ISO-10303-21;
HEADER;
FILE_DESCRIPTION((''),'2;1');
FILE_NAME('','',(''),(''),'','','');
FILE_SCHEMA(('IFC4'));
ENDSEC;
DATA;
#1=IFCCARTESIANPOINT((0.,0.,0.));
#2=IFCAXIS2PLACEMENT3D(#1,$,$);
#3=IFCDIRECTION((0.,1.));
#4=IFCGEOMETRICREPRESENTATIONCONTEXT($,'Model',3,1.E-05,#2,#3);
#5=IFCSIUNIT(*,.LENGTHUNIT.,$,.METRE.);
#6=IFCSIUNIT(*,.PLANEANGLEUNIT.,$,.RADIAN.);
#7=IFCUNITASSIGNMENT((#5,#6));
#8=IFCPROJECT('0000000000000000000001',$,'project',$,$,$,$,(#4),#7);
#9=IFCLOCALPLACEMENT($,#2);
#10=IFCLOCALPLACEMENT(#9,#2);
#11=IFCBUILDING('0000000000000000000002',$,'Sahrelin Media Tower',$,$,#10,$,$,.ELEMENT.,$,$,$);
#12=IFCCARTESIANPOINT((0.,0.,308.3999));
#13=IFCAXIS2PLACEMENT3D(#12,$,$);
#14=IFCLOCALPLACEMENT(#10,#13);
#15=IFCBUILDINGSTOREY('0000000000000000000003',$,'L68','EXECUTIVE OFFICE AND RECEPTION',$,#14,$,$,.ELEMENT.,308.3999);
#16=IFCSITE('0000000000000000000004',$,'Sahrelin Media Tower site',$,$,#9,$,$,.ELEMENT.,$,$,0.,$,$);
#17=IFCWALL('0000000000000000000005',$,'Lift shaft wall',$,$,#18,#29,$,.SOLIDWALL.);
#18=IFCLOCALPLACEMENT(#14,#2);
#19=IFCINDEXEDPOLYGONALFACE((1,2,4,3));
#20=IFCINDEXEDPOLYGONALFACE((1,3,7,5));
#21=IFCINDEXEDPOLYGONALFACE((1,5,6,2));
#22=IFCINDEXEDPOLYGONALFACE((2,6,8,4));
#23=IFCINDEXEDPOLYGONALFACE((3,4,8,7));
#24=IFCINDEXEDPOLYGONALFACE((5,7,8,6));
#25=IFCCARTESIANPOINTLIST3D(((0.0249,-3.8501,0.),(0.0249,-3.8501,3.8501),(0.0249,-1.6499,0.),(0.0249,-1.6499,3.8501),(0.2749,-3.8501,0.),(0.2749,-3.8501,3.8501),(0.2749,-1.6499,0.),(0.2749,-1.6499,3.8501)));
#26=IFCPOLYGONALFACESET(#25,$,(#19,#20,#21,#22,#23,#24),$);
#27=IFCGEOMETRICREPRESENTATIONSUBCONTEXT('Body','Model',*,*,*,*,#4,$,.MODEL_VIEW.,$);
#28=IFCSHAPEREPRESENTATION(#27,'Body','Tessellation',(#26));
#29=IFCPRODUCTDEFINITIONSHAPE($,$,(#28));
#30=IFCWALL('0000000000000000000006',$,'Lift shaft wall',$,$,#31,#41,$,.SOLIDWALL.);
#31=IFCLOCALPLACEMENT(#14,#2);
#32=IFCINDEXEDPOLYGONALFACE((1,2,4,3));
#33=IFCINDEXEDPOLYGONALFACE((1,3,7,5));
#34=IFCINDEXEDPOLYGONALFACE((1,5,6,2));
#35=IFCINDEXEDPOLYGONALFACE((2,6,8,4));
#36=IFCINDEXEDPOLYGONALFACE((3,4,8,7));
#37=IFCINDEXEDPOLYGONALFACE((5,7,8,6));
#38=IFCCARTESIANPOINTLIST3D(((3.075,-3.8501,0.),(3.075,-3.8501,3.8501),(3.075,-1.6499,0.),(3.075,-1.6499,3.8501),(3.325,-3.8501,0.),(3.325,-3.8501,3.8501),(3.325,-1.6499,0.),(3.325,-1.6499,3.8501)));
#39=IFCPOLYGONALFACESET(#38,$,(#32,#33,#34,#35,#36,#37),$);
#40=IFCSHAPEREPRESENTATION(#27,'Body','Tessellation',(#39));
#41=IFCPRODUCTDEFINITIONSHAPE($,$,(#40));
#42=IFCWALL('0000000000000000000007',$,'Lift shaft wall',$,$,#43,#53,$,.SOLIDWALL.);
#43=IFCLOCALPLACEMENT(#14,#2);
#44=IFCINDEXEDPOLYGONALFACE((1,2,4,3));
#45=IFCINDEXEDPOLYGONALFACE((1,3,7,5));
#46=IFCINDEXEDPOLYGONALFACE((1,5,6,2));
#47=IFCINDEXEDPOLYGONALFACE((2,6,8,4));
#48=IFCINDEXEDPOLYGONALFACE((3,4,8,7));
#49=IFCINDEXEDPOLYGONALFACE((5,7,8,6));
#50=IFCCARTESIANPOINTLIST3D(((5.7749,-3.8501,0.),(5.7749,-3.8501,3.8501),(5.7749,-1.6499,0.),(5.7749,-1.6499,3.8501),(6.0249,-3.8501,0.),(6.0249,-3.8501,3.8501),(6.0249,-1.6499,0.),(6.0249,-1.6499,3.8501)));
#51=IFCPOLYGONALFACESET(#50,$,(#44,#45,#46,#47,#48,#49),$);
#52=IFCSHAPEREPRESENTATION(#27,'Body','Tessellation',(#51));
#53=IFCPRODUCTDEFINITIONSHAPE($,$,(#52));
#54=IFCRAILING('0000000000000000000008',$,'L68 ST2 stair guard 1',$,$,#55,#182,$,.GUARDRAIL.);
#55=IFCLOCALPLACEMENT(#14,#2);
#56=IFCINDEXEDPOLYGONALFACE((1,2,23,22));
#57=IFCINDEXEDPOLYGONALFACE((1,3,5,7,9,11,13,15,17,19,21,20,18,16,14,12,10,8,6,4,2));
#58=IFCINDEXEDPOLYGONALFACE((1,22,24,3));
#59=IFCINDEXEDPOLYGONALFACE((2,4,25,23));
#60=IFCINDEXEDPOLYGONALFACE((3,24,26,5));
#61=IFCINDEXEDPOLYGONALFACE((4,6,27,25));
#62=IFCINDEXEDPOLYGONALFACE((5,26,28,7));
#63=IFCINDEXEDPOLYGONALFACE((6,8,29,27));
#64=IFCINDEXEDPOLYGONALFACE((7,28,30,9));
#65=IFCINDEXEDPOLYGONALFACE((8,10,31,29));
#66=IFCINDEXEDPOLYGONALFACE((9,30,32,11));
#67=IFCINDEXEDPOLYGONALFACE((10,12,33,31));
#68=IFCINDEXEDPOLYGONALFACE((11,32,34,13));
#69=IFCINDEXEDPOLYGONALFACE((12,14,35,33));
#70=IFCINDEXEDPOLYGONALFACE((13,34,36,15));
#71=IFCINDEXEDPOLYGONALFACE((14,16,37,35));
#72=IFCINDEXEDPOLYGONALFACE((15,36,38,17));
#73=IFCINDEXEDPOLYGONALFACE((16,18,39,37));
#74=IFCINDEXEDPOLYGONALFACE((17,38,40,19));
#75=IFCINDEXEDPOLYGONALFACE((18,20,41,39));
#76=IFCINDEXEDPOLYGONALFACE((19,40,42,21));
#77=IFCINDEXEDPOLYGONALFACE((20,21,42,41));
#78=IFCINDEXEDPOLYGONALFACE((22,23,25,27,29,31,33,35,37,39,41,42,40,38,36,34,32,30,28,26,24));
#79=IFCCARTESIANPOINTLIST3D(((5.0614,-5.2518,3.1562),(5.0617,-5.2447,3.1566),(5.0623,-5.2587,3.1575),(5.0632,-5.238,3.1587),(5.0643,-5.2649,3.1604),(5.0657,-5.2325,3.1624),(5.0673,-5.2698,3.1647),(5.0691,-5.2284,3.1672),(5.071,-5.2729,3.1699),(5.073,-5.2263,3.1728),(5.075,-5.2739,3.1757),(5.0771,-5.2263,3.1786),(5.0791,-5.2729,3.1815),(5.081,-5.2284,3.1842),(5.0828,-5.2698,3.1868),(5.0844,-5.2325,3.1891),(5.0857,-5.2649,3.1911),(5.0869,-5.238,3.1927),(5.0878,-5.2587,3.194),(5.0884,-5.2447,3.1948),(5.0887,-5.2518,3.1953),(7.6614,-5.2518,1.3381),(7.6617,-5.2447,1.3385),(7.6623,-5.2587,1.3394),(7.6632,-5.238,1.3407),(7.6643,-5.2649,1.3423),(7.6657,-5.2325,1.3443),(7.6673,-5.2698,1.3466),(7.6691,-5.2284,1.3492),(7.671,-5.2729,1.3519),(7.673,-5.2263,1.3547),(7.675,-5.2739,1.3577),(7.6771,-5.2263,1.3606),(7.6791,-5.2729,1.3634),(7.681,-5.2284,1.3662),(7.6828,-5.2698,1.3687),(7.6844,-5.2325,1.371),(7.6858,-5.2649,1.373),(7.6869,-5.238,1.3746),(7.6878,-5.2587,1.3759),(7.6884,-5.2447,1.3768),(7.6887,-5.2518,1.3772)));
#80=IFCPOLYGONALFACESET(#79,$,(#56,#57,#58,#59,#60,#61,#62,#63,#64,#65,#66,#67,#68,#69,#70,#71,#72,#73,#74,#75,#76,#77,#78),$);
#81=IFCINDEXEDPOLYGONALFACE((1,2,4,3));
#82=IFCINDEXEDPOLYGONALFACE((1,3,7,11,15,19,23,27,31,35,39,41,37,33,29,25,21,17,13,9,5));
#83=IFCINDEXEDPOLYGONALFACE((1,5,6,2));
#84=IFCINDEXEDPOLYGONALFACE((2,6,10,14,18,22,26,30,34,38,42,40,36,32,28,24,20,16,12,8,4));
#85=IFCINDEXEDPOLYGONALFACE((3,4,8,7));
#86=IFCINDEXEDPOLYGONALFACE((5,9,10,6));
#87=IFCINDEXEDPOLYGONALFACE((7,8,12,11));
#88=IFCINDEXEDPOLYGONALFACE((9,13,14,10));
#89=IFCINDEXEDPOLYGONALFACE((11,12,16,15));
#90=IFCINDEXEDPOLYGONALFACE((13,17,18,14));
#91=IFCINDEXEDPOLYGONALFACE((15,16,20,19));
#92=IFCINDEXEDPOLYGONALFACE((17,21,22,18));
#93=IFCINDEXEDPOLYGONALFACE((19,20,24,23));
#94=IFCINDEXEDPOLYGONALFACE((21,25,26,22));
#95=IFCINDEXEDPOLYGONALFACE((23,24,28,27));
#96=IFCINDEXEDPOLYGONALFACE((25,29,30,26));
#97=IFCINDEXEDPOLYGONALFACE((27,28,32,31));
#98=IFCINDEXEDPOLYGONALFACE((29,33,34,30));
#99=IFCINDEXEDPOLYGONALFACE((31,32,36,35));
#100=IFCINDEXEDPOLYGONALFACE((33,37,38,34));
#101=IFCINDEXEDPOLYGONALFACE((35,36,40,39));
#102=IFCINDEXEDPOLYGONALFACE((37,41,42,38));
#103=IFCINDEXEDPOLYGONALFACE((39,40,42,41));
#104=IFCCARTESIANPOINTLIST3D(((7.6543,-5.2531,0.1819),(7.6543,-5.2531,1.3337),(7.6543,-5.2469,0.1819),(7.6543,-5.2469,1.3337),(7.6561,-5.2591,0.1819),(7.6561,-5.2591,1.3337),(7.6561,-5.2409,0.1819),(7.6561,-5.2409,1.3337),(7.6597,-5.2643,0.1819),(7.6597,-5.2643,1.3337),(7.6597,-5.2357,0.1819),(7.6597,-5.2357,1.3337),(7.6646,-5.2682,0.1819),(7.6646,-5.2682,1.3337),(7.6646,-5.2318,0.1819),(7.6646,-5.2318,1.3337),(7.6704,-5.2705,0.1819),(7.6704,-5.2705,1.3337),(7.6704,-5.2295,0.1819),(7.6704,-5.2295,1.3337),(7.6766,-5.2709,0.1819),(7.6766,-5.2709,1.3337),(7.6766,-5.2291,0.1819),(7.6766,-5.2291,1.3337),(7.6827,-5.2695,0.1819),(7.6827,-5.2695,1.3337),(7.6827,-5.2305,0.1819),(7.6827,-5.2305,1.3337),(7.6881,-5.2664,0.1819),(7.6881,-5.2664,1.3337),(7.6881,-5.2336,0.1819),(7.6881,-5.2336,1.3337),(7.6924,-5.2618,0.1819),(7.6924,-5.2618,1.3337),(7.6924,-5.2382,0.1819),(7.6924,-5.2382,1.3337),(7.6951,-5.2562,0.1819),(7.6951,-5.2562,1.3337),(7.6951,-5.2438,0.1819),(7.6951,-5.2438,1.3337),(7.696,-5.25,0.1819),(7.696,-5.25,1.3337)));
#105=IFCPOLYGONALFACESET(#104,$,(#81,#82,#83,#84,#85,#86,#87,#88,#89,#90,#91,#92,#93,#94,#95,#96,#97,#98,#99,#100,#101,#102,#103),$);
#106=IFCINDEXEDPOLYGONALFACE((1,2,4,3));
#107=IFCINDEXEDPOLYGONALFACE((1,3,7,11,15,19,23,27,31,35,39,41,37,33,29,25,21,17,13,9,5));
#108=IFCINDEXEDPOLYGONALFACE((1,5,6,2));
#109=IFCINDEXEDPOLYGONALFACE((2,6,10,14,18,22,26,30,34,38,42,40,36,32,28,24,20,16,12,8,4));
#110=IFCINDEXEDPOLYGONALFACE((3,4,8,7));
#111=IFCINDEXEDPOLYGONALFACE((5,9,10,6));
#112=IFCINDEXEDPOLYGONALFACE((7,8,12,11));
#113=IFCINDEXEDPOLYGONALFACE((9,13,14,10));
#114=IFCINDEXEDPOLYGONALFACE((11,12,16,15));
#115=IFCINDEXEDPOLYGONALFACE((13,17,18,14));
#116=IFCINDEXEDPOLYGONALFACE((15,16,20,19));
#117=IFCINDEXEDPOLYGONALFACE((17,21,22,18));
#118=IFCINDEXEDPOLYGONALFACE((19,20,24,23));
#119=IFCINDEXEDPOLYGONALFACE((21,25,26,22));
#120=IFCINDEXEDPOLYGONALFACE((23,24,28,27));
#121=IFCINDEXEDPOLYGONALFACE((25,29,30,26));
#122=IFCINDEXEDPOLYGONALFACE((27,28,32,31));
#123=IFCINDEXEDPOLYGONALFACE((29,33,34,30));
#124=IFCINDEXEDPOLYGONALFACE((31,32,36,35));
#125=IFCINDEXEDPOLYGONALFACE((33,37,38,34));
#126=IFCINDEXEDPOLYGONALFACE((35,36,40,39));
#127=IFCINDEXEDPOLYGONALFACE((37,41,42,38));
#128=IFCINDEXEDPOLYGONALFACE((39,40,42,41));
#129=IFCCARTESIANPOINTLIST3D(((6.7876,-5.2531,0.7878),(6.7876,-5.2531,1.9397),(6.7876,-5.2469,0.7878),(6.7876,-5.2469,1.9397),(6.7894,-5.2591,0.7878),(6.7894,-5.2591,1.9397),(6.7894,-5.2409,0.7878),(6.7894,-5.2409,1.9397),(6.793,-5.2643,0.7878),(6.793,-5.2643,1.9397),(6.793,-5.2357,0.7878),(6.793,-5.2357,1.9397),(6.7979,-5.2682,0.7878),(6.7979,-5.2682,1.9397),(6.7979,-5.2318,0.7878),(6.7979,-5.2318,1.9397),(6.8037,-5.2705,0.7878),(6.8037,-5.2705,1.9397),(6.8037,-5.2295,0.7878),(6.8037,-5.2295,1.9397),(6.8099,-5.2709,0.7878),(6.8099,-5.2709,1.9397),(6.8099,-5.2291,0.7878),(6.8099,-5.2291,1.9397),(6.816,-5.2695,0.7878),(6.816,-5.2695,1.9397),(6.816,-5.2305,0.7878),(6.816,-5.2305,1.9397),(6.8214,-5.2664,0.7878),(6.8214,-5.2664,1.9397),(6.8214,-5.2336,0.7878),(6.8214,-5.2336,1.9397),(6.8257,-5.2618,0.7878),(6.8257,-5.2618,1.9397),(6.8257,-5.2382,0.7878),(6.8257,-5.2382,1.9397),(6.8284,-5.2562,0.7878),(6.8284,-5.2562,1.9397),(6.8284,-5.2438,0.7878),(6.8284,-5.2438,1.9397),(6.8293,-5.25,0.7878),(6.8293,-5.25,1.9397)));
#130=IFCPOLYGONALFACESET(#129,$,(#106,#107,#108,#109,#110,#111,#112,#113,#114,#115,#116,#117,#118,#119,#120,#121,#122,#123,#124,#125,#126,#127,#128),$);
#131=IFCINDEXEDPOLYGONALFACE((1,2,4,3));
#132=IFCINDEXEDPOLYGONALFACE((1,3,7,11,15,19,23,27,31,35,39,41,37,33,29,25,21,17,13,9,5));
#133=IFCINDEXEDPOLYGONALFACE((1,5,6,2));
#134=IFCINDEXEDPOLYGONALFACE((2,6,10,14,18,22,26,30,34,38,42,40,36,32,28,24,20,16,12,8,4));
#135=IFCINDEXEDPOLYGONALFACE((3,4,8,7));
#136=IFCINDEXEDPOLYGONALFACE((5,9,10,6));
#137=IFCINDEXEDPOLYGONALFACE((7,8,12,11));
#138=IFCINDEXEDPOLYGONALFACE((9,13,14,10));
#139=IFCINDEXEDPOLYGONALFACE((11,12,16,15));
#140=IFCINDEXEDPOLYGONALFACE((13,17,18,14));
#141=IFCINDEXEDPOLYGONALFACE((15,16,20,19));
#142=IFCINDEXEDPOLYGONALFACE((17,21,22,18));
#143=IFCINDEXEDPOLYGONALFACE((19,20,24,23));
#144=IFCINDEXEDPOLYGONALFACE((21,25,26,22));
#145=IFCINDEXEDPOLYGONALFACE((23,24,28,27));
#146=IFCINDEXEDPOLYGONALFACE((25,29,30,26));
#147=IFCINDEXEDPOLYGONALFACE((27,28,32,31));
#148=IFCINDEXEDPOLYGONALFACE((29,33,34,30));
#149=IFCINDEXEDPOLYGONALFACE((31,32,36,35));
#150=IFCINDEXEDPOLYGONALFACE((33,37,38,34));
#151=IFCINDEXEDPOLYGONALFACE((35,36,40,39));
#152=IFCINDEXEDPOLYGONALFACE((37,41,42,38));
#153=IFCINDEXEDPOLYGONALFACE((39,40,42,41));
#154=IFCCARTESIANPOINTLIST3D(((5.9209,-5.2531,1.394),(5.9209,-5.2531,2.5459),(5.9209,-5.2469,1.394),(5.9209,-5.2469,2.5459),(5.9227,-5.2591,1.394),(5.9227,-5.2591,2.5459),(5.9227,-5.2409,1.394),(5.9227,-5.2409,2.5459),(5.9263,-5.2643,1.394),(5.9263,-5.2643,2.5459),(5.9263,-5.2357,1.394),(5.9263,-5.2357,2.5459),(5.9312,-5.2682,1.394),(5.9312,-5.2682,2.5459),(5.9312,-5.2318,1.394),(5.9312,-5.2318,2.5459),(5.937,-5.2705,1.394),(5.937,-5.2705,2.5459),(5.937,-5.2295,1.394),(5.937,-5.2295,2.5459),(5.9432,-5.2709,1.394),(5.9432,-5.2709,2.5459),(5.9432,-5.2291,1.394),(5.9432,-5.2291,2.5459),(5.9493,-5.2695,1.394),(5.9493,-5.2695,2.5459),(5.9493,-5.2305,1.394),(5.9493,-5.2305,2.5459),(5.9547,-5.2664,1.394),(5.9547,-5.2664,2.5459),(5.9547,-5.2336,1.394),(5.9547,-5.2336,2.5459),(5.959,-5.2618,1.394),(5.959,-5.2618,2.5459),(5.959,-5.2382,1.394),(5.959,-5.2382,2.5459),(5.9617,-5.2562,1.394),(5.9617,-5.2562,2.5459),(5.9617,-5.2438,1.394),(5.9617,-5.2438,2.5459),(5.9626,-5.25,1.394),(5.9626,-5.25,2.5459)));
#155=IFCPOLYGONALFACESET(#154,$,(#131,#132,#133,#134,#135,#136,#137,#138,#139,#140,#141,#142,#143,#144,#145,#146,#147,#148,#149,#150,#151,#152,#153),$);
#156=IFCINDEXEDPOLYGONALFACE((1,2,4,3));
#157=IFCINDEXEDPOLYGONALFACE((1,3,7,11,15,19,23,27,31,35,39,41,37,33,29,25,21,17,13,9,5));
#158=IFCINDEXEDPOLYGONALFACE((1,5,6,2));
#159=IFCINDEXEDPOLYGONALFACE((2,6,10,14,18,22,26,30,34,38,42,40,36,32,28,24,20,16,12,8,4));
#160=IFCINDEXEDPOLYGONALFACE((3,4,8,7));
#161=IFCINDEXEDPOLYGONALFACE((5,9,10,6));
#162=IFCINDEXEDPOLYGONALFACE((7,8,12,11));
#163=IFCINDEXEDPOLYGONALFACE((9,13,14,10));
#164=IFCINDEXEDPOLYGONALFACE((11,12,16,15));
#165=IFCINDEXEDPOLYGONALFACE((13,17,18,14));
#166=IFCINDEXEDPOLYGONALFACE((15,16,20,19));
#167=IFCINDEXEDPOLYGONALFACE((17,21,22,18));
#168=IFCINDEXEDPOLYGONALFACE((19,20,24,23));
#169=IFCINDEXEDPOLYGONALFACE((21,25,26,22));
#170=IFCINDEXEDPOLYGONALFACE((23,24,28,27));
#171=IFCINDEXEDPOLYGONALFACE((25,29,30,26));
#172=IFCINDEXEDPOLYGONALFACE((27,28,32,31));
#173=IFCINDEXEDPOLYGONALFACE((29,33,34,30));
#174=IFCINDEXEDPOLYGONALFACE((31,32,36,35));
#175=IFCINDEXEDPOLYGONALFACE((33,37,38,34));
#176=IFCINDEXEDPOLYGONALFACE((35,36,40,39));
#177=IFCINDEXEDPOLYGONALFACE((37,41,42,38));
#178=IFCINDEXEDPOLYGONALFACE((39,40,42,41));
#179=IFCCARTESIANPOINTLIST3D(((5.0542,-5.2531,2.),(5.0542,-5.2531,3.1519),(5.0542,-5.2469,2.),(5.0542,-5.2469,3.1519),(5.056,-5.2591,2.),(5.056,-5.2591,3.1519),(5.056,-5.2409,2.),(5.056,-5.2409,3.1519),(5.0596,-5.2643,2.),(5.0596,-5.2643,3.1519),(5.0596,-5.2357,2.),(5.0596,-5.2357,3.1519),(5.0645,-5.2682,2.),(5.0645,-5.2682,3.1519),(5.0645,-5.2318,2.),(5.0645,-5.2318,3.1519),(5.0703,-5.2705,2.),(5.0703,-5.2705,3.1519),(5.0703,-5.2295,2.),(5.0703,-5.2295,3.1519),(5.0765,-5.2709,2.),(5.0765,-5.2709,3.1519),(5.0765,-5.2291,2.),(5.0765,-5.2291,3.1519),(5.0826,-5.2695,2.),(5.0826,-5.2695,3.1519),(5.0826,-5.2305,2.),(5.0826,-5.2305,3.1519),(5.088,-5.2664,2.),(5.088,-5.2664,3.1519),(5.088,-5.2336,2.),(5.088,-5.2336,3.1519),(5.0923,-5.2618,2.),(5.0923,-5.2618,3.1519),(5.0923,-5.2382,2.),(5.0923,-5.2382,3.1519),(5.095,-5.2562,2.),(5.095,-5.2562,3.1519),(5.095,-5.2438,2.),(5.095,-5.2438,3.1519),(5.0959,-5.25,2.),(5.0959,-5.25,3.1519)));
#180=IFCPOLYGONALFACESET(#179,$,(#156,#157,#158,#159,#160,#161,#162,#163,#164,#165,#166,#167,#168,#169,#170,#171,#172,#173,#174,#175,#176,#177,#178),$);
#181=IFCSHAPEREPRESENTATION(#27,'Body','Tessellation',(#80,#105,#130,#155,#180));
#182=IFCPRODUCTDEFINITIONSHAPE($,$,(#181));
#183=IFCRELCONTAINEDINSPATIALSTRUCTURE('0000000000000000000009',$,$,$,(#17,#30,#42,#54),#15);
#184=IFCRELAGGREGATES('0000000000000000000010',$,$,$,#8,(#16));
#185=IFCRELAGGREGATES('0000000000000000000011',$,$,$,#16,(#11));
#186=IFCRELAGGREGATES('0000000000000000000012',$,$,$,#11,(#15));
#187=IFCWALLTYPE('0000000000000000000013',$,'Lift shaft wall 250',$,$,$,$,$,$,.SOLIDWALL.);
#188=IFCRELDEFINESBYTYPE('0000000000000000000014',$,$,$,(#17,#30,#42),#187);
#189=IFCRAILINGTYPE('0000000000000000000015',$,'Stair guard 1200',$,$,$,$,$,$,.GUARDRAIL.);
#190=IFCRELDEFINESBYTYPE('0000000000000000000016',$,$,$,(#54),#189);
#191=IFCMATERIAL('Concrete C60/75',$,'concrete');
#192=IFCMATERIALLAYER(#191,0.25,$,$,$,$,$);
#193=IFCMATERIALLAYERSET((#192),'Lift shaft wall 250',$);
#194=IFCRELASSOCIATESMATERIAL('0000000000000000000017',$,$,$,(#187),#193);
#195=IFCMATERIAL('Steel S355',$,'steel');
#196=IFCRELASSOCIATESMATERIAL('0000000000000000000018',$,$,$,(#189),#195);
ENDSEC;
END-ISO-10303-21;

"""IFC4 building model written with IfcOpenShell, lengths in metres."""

from ifc_helpers import new_model, si_unit, direction, frame, frame_2d, origin, origin_2d, place, context, subcontext, project, spatial, rectangle, circle, extrude, material, layer, layer_set, type_object, element, save


model = new_model("IFC4")

# Units and contexts
model_context = context("Model", 3, precision=1e-05, world=origin(), true_north=direction((0.0, 1.0)))
body_context = subcontext(model_context, "Body", "Model", "MODEL_VIEW")
ifc_project = project(units=[si_unit("LENGTHUNIT", "METRE"), si_unit("PLANEANGLEUNIT", "RADIAN")], contexts=[model_context])

# Site, building, storey
site_placement = place(None, origin())
site = spatial("IfcSite", under=ifc_project, at=site_placement, Name="Sahrelin Media Tower site", CompositionType="ELEMENT", RefElevation=0.0)
building_placement = place(site_placement, origin())
building = spatial("IfcBuilding", under=site, at=building_placement, Name="Sahrelin Media Tower", CompositionType="ELEMENT")
storey_placement = place(building_placement, frame((0.0, 0.0, 308.3999)))
storey = spatial("IfcBuildingStorey", under=building, at=storey_placement, Name="L68", Description="EXECUTIVE OFFICE AND RECEPTION", CompositionType="ELEMENT", Elevation=308.3999)

# Walls
ifc_material_1 = material(Name="Concrete C60/75", Category="concrete")
ifc_layer_1 = layer(ifc_material_1, 0.25)
ifc_layer_set_1 = layer_set([ifc_layer_1], Name="Lift shaft wall 250")
wall_type_1 = type_object("IfcWallType", Name="Lift shaft wall 250", PredefinedType="SOLIDWALL", material=ifc_layer_set_1)
for number, where, z_axis, x_axis, name in (
    (1, (0.1499, -3.8501, 0.0), (0.0, 0.0, 1.0), (0.0, 1.0, 0.0), "Lift shaft wall"),
    (2, (3.2, -3.8501, 0.0), (0.0, 0.0, 1.0), (0.0, 1.0, 0.0), "Lift shaft wall"),
    (3, (5.8999, -3.8501, 0.0), (0.0, 0.0, 1.0), (0.0, 1.0, 0.0), "Lift shaft wall"),
):
    element("IfcWall", number, at=place(storey_placement, frame(where, z_axis=z_axis, x_axis=x_axis)), inside=storey, type_object=wall_type_1, Name=name, PredefinedType="SOLIDWALL", context=body_context, shape_type="SweptSolid", body=[
        extrude(rectangle(XDim=2.2002, YDim=0.25, at=frame_2d((1.1001, 0.0))), origin(), (0.0, 0.0, 1.0), 3.8501),
    ])

# Railing
ifc_material_2 = material(Name="Steel S355", Category="steel")
railing_type_1 = type_object("IfcRailingType", Name="Stair guard 1200", PredefinedType="GUARDRAIL", material=ifc_material_2)
railing_1_placement = place(storey_placement, frame((7.675, -5.25, 0.1819)))
element("IfcRailing", 4, at=railing_1_placement, inside=storey, type_object=railing_type_1, Name="L68 ST2 stair guard 1", PredefinedType="GUARDRAIL", context=body_context, shape_type="SweptSolid", body=[
    extrude(circle(Radius=0.0239, at=origin_2d()), frame((0.0, 0.0, 1.1758), z_axis=(-0.819521, 0.0, 0.573049), x_axis=(0.0, -1.0, 0.0)), (0.0, 0.0, 1.0), 3.1726),
    extrude(circle(Radius=0.021, at=origin_2d()), origin(), (0.0, 0.0, 1.0), 1.1519),
    extrude(circle(Radius=0.021, at=origin_2d()), frame((-0.8667, 0.0, 0.606)), (0.0, 0.0, 1.0), 1.1519),
    extrude(circle(Radius=0.021, at=origin_2d()), frame((-1.7334, 0.0, 1.2122)), (0.0, 0.0, 1.0), 1.1519),
    extrude(circle(Radius=0.021, at=origin_2d()), frame((-2.6001, 0.0, 1.8181)), (0.0, 0.0, 1.0), 1.1519),
])

save(model, "model.ifc")
